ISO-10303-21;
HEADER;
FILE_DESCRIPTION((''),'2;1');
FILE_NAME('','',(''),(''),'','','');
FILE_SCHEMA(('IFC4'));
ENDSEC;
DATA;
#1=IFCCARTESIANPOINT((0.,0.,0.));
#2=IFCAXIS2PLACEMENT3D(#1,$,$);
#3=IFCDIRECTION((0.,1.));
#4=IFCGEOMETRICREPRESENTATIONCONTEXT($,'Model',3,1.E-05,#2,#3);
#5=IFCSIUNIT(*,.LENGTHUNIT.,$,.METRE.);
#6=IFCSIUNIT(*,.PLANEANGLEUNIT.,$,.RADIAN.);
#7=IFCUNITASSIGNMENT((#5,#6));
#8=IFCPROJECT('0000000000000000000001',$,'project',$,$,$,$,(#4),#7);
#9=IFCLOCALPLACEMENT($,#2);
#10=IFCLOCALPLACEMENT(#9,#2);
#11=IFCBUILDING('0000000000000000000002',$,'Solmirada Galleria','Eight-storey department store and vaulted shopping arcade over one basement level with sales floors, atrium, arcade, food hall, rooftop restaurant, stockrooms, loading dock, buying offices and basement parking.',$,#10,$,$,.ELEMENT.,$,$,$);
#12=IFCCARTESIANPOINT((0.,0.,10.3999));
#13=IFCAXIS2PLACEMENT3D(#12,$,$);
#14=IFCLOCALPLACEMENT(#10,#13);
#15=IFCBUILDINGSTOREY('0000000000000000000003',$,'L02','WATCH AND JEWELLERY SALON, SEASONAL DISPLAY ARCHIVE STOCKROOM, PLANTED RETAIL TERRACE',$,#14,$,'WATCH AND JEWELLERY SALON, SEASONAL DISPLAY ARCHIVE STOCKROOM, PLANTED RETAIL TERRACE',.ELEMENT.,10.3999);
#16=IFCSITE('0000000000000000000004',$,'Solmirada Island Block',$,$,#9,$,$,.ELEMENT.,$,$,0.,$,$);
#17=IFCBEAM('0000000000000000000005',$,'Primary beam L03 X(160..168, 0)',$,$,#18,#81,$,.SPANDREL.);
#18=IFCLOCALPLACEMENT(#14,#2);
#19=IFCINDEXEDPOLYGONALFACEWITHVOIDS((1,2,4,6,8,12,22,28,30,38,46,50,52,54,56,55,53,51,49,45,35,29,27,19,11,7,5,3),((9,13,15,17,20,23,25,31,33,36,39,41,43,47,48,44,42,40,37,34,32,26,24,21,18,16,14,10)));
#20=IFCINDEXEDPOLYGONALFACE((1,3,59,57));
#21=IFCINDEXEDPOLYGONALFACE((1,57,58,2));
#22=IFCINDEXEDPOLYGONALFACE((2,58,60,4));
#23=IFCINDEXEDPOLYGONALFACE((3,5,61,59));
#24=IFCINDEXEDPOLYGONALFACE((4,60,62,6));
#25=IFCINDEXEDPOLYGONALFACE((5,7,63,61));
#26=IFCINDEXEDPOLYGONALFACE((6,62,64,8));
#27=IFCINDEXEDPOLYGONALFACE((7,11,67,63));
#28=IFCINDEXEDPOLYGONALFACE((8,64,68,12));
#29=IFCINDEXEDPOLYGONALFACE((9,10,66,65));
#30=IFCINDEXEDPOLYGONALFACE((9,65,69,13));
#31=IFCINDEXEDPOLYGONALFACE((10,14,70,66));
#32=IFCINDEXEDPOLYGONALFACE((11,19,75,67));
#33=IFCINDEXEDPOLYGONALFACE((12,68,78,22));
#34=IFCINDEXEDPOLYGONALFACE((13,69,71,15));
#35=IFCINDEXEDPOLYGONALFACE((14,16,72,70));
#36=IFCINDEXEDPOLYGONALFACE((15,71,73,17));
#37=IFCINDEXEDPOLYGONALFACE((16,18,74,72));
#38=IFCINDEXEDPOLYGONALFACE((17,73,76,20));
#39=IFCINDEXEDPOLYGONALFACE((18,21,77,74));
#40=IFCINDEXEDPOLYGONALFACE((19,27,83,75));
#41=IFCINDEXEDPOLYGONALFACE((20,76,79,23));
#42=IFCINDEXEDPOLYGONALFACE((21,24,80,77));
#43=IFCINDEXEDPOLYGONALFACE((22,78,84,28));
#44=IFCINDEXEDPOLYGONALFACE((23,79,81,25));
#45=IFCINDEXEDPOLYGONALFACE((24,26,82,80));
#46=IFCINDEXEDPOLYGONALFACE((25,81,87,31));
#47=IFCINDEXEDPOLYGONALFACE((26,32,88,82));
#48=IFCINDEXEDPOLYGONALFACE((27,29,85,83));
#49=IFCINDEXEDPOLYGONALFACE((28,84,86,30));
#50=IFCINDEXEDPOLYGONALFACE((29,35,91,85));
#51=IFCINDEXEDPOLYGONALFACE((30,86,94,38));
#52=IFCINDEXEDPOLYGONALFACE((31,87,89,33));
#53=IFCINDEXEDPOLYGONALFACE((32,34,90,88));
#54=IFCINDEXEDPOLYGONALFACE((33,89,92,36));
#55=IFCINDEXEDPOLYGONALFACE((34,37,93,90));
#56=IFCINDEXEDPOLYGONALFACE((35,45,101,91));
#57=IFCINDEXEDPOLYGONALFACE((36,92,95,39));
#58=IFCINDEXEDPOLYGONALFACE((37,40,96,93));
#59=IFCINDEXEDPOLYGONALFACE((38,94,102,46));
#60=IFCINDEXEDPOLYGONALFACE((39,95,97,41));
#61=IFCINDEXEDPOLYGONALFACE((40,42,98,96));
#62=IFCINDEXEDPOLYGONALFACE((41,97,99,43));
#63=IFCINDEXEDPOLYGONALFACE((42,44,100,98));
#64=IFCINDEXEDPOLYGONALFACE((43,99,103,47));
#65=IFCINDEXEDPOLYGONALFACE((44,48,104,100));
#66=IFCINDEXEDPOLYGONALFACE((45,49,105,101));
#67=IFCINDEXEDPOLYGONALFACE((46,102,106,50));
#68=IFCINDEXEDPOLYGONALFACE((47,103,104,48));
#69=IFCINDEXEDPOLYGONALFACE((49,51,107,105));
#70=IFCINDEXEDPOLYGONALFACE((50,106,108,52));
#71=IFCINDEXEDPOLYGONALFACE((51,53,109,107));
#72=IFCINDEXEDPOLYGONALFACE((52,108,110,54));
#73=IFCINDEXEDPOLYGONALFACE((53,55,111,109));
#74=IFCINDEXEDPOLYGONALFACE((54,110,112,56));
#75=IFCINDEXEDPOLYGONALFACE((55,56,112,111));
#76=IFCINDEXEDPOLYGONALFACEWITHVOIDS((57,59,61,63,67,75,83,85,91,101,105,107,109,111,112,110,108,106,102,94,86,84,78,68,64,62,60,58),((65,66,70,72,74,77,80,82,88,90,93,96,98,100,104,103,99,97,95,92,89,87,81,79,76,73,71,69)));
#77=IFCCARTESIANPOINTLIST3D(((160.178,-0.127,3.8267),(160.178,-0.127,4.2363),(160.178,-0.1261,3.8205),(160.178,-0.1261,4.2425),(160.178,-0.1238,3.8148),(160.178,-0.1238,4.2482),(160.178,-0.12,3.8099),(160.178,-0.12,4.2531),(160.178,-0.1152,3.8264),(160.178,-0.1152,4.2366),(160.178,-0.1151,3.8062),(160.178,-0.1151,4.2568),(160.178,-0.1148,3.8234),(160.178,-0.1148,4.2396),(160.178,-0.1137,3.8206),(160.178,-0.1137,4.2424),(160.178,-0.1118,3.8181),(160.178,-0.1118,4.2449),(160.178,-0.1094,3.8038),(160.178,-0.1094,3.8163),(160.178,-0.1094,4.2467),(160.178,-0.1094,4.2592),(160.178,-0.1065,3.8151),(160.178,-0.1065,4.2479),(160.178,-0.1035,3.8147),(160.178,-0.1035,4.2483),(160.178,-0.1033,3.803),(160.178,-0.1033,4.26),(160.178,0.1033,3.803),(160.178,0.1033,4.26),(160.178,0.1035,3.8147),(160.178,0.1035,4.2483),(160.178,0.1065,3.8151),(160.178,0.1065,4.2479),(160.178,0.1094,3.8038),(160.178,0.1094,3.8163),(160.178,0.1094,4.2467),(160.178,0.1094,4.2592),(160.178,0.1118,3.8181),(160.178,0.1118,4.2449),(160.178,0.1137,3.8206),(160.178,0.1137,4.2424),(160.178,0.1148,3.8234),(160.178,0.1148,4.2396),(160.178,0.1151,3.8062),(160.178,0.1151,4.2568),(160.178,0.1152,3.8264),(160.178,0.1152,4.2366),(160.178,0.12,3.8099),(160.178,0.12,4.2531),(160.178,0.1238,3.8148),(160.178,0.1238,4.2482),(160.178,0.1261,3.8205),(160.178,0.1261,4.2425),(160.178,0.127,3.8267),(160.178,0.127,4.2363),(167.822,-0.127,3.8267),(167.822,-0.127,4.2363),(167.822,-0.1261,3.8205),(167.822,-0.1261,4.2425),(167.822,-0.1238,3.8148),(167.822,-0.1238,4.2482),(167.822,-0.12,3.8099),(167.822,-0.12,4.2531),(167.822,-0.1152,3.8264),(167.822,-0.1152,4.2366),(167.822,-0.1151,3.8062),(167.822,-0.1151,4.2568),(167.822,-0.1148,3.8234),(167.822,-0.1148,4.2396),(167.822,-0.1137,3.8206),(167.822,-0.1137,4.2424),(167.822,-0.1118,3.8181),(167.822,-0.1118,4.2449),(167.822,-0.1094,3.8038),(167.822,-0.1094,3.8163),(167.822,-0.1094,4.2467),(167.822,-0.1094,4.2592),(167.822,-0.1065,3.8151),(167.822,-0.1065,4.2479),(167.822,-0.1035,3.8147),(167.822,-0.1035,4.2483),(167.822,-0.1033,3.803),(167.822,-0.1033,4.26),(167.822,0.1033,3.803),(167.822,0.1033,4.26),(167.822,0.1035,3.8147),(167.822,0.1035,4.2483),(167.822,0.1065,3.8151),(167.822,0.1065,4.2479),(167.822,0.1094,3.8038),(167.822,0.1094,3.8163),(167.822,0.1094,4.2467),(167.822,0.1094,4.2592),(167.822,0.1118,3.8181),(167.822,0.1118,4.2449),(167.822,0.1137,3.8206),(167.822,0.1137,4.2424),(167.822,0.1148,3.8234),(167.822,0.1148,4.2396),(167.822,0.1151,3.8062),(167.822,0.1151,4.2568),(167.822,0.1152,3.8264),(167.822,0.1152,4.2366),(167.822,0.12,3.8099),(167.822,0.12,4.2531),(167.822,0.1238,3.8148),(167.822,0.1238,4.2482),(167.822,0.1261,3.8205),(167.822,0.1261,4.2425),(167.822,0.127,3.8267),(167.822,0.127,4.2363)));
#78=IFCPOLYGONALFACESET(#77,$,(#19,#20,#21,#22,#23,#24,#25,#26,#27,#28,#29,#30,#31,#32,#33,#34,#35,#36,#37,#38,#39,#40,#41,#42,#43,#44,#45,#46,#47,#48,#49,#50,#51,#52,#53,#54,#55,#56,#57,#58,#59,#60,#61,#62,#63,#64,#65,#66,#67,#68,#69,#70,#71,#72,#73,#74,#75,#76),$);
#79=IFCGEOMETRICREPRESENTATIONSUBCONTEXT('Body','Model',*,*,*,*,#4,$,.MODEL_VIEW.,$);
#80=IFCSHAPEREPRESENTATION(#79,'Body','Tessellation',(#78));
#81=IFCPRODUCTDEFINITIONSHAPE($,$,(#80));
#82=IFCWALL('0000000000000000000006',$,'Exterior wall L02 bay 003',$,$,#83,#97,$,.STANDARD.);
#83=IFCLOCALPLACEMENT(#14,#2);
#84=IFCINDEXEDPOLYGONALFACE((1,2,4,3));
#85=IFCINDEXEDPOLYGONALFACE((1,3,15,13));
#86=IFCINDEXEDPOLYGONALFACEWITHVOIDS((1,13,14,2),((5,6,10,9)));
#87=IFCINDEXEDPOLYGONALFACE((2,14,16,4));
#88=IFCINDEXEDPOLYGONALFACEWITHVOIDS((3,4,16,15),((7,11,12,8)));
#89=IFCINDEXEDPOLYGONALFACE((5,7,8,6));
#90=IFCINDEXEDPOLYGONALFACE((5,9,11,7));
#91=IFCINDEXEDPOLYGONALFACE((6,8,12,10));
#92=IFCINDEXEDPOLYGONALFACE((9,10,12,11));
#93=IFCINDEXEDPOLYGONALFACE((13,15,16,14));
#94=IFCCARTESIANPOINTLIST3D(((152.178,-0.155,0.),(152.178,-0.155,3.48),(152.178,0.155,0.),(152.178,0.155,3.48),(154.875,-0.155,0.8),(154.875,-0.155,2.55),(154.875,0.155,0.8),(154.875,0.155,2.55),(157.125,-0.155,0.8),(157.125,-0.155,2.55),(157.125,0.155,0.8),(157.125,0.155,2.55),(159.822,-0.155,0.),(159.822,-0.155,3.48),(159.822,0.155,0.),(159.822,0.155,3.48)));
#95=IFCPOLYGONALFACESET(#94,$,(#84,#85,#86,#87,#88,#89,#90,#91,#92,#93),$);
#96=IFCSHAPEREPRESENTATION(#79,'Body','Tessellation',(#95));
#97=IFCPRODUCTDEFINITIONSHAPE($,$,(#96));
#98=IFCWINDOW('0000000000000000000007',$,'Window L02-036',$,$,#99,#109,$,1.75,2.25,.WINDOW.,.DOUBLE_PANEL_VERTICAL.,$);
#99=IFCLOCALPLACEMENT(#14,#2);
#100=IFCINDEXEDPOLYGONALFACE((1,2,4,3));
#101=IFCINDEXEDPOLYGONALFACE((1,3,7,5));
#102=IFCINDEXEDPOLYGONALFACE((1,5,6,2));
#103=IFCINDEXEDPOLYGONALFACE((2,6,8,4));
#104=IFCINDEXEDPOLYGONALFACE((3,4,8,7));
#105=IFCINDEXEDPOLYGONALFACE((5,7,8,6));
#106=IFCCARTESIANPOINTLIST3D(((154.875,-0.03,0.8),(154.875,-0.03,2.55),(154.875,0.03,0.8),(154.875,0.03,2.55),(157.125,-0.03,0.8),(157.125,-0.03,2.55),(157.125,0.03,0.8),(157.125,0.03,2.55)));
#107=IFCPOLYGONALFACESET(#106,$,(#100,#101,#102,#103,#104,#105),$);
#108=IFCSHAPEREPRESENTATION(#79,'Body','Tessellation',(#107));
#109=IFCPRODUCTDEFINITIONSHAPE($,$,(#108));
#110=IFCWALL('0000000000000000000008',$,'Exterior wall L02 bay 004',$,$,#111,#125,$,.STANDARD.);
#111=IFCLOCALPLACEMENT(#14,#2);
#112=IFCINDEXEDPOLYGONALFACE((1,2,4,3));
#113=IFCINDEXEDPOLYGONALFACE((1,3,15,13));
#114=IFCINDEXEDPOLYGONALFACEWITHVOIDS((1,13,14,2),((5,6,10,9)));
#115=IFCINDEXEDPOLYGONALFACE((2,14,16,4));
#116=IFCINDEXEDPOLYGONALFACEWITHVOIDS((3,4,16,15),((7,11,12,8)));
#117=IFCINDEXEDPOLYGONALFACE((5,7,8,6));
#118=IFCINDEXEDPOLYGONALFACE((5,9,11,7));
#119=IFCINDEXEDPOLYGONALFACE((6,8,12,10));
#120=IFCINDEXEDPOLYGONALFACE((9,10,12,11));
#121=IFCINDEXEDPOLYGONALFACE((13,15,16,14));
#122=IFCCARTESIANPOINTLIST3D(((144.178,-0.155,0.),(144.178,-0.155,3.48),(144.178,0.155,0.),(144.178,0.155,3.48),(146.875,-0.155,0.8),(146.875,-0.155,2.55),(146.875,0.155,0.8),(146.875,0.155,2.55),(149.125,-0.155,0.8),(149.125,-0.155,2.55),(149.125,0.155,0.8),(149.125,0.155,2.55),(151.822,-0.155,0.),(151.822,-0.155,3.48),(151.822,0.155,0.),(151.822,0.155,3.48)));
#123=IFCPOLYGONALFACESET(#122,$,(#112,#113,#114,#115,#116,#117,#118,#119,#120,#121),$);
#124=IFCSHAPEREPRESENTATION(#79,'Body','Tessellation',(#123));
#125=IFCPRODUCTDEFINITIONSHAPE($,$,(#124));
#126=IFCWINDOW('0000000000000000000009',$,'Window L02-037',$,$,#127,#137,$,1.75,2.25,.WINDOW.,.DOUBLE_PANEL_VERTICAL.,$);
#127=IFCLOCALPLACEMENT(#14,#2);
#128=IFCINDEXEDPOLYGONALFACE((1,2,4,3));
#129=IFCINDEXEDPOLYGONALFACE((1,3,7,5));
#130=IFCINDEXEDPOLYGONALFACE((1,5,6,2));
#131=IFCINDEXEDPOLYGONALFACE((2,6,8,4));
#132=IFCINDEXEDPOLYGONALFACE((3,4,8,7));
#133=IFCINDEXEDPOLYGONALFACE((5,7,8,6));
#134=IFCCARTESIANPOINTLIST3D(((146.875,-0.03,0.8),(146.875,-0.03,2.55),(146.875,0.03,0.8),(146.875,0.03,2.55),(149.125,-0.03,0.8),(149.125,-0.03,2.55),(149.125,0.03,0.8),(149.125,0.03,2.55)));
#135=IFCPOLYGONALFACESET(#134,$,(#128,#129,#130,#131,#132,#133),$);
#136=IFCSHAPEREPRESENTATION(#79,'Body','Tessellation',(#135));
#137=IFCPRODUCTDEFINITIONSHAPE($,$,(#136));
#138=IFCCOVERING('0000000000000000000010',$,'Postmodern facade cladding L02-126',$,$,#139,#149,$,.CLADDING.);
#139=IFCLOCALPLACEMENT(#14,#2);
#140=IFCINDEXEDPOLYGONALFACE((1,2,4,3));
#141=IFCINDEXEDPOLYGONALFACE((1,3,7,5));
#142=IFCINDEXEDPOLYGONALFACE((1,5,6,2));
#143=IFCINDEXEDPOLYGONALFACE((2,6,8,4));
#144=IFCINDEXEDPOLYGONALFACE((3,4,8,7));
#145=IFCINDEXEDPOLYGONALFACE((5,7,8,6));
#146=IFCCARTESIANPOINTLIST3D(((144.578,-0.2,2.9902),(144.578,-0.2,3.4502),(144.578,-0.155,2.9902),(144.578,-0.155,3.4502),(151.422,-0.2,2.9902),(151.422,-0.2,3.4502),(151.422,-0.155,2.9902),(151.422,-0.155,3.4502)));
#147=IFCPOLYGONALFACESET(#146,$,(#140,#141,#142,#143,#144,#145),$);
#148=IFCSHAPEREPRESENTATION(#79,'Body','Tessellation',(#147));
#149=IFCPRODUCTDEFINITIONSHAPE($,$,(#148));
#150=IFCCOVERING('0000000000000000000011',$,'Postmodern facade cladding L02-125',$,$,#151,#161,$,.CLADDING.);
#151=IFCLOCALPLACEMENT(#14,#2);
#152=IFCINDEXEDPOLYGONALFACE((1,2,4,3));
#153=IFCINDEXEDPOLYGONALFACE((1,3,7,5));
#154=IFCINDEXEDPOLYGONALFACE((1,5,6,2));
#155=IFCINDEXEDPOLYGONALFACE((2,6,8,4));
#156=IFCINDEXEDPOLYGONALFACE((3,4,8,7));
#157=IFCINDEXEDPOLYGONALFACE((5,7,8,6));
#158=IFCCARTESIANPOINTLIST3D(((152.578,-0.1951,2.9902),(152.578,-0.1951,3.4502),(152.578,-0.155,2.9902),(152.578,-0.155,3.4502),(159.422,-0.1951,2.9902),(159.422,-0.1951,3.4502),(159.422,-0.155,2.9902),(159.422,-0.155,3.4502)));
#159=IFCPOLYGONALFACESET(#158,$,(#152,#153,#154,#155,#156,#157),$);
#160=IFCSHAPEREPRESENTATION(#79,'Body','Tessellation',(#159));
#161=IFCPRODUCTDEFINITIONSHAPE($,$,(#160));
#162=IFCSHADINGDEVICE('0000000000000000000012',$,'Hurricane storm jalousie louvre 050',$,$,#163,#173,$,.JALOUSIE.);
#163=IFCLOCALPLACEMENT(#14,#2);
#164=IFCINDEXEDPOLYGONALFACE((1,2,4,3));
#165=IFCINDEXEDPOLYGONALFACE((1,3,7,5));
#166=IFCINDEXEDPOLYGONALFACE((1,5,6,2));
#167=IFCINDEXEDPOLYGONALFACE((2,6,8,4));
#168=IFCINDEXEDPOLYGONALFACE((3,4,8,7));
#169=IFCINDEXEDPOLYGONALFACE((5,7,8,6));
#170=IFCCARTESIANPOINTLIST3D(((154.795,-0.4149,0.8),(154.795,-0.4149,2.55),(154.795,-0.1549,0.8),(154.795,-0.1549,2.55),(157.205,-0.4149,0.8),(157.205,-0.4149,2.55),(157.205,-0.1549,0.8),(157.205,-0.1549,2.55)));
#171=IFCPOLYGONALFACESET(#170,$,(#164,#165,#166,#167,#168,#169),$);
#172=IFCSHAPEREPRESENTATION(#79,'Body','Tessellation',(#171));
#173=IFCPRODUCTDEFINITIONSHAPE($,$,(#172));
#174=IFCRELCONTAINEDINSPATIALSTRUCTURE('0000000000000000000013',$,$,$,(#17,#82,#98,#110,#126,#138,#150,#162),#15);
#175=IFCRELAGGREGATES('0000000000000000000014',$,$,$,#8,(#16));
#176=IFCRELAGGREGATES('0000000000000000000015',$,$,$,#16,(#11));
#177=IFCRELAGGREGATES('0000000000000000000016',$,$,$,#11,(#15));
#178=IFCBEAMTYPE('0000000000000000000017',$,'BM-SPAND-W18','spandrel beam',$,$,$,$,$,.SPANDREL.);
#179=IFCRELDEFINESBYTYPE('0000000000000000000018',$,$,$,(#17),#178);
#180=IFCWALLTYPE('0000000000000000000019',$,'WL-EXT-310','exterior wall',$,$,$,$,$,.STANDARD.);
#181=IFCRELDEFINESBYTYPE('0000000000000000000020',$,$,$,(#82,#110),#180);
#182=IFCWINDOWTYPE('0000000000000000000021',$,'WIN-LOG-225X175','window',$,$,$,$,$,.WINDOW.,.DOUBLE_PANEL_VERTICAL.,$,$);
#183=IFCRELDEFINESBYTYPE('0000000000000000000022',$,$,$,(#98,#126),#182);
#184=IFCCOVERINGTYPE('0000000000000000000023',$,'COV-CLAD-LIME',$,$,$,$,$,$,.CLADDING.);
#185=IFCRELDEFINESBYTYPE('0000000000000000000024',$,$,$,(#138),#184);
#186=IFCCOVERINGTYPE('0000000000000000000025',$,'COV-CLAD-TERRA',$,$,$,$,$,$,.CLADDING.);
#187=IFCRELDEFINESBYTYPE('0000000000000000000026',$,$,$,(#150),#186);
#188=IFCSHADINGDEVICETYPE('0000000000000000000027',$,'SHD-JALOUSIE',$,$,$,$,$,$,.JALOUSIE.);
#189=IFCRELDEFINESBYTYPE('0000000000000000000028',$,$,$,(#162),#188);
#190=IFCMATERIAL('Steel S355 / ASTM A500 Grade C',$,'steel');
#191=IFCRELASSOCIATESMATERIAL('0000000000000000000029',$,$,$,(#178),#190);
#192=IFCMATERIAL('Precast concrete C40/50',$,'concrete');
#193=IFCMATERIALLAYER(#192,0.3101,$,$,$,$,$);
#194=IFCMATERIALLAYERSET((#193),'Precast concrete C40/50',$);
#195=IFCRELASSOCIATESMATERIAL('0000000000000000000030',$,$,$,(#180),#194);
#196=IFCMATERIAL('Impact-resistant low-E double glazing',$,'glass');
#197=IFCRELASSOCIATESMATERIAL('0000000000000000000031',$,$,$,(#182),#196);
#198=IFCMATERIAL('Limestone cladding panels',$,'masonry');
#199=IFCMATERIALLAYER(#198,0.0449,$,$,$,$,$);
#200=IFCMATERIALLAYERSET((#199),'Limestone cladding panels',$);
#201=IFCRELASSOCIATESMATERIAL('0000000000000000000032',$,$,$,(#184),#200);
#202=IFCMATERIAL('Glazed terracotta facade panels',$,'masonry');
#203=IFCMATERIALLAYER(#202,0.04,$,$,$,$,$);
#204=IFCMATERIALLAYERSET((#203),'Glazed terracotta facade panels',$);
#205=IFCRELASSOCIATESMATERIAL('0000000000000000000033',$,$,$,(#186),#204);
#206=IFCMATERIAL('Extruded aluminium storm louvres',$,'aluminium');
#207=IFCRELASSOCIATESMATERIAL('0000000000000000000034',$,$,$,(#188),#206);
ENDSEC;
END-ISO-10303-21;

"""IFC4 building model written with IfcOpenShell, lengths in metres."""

from ifc_helpers import new_model, si_unit, direction, frame, frame_2d, origin, origin_2d, place, context, subcontext, project, spatial, rectangle, hollow_rectangle, extrude, material, layer, layer_set, material_profile, profile_set, type_object, element, fill, save


model = new_model("IFC4")

# Units and contexts
model_context = context("Model", 3, precision=1e-05, world=origin(), true_north=direction((0.0, 1.0)))
body_context = subcontext(model_context, "Body", "Model", "MODEL_VIEW")
ifc_project = project(units=[si_unit("LENGTHUNIT", "METRE"), si_unit("PLANEANGLEUNIT", "RADIAN")], contexts=[model_context])

# Site, building, storey
site_placement = place(None, origin())
site = spatial("IfcSite", under=ifc_project, at=site_placement, Name="Solmirada Island Block", CompositionType="ELEMENT", RefElevation=0.0)
building_placement = place(site_placement, origin())
building = spatial("IfcBuilding", under=site, at=building_placement, Name="Solmirada Galleria", Description="Eight-storey department store and vaulted shopping arcade over one basement level with sales floors, atrium, arcade, food hall, rooftop restaurant, stockrooms, loading dock, buying offices and basement parking.", CompositionType="ELEMENT")
storey_placement = place(building_placement, frame((0.0, 0.0, 10.3999)))
storey = spatial("IfcBuildingStorey", under=building, at=storey_placement, Name="L02", Description="WATCH AND JEWELLERY SALON, SEASONAL DISPLAY ARCHIVE STOCKROOM, PLANTED RETAIL TERRACE", LongName="WATCH AND JEWELLERY SALON, SEASONAL DISPLAY ARCHIVE STOCKROOM, PLANTED RETAIL TERRACE", CompositionType="ELEMENT", Elevation=10.3999)

# Shared definitions
ifc_material_1 = material(Name="Steel S355 / ASTM A500 Grade C", Category="steel")

# Beam
ifc_material_profile_1 = material_profile(ifc_material_1, hollow_rectangle(XDim=0.2539, YDim=0.457, WallThickness=0.0117, InnerFilletRadius=0.0117, OuterFilletRadius=0.0237, at=origin_2d()), Name="HSS18X10X1/2")
ifc_profile_set_1 = profile_set([ifc_material_profile_1], Name="Steel S355 / ASTM A500 Grade C")
beam_type_1 = type_object("IfcBeamType", Name="BM-SPAND-W18", Description="spandrel beam", PredefinedType="SPANDREL", material=ifc_profile_set_1)
for number, where, z_axis, x_axis, name in (
    (1, (160.178, 0.0, 4.0315), (1.0, 0.0, 0.0), (0.0, 1.0, 0.0), "Primary beam L03 X(160..168, 0)"),
):
    element("IfcBeam", number, at=place(storey_placement, frame(where, z_axis=z_axis, x_axis=x_axis)), inside=storey, type_object=beam_type_1, Name=name, PredefinedType="SPANDREL", context=body_context, shape_type="SweptSolid", body=[
        extrude(hollow_rectangle(XDim=0.2539, YDim=0.457, WallThickness=0.0117, InnerFilletRadius=0.0117, OuterFilletRadius=0.0237, at=origin_2d()), origin(), (0.0, 0.0, 1.0), 7.644),
    ])

# Walls, openings, windows
ifc_material_2 = material(Name="Precast concrete C40/50", Category="concrete")
ifc_layer_1 = layer(ifc_material_2, 0.3101)
ifc_layer_set_1 = layer_set([ifc_layer_1], Name="Precast concrete C40/50")
wall_type = type_object("IfcWallType", Name="WL-EXT-310", Description="exterior wall", PredefinedType="STANDARD", material=ifc_layer_set_1)
wall_1_placement = place(storey_placement, frame((159.822, 0.0, 0.0), z_axis=(0.0, 0.0, 1.0), x_axis=(-1.0, 0.0, 0.0)))
wall_1 = element("IfcWall", 2, at=wall_1_placement, inside=storey, type_object=wall_type, Name="Exterior wall L02 bay 003", PredefinedType="STANDARD", context=body_context, shape_type="SweptSolid", body=[
    extrude(rectangle(XDim=7.644, YDim=0.3101, at=frame_2d((3.822, 0.0))), origin(), (0.0, 0.0, 1.0), 3.48),
])
opening_1_placement = place(wall_1_placement, frame((2.697, 0.0, 0.8)))
opening_1 = element("IfcOpeningElement", 3, at=opening_1_placement, cuts=wall_1, PredefinedType="OPENING", context=body_context, shape_type="SweptSolid", body=[
    extrude(rectangle(XDim=2.25, YDim=1.75, at=frame_2d((1.125, 0.875))), frame((0.0, 0.165, 0.0), z_axis=(0.0, -1.0, 0.0), x_axis=(1.0, 0.0, 0.0)), (0.0, 0.0, 1.0), 0.3301),
])
ifc_material_3 = material(Name="Impact-resistant low-E double glazing", Category="glass")
window_type = type_object("IfcWindowType", Name="WIN-LOG-225X175", Description="window", PartitioningType="DOUBLE_PANEL_VERTICAL", PredefinedType="WINDOW", material=ifc_material_3)
window_1_placement = place(opening_1_placement, origin())
window_1 = element("IfcWindow", 4, at=window_1_placement, inside=storey, type_object=window_type, Name="Window L02-036", OverallHeight=1.75, OverallWidth=2.25, PartitioningType="DOUBLE_PANEL_VERTICAL", PredefinedType="WINDOW", context=body_context, shape_type="SweptSolid", body=[
    extrude(rectangle(XDim=2.25, YDim=1.75, at=frame_2d((1.125, 0.875))), frame((0.0, 0.03, 0.0), z_axis=(0.0, -1.0, 0.0), x_axis=(1.0, 0.0, 0.0)), (0.0, 0.0, 1.0), 0.0601),
])
fill(opening_1, window_1)
wall_2_placement = place(storey_placement, frame((151.822, 0.0, 0.0), z_axis=(0.0, 0.0, 1.0), x_axis=(-1.0, 0.0, 0.0)))
wall_2 = element("IfcWall", 5, at=wall_2_placement, inside=storey, type_object=wall_type, Name="Exterior wall L02 bay 004", PredefinedType="STANDARD", context=body_context, shape_type="SweptSolid", body=[
    extrude(rectangle(XDim=7.644, YDim=0.3101, at=frame_2d((3.822, 0.0))), origin(), (0.0, 0.0, 1.0), 3.48),
])
opening_2_placement = place(wall_2_placement, frame((2.697, 0.0, 0.8)))
opening_2 = element("IfcOpeningElement", 6, at=opening_2_placement, cuts=wall_2, PredefinedType="OPENING", context=body_context, shape_type="SweptSolid", body=[
    extrude(rectangle(XDim=2.25, YDim=1.75, at=frame_2d((1.125, 0.875))), frame((0.0, 0.165, 0.0), z_axis=(0.0, -1.0, 0.0), x_axis=(1.0, 0.0, 0.0)), (0.0, 0.0, 1.0), 0.3301),
])
window_2_placement = place(opening_2_placement, origin())
window_2 = element("IfcWindow", 7, at=window_2_placement, inside=storey, type_object=window_type, Name="Window L02-037", OverallHeight=1.75, OverallWidth=2.25, PartitioningType="DOUBLE_PANEL_VERTICAL", PredefinedType="WINDOW", context=body_context, shape_type="SweptSolid", body=[
    extrude(rectangle(XDim=2.25, YDim=1.75, at=frame_2d((1.125, 0.875))), frame((0.0, 0.03, 0.0), z_axis=(0.0, -1.0, 0.0), x_axis=(1.0, 0.0, 0.0)), (0.0, 0.0, 1.0), 0.0601),
])
fill(opening_2, window_2)

# Coverings
ifc_material_4 = material(Name="Limestone cladding panels", Category="masonry")
ifc_layer_2 = layer(ifc_material_4, 0.0449)
ifc_layer_set_2 = layer_set([ifc_layer_2], Name="Limestone cladding panels")
covering_type_1 = type_object("IfcCoveringType", Name="COV-CLAD-LIME", PredefinedType="CLADDING", material=ifc_layer_set_2)
covering_1_placement = place(storey_placement, frame((148.0, -0.1775, 2.9902), z_axis=(0.0, 0.0, 1.0), x_axis=(-1.0, 0.0, 0.0)))
element("IfcCovering", 8, at=covering_1_placement, inside=storey, type_object=covering_type_1, Name="Postmodern facade cladding L02-126", PredefinedType="CLADDING", context=body_context, shape_type="SweptSolid", body=[
    extrude(rectangle(XDim=6.844, YDim=0.0449, at=origin_2d()), origin(), (0.0, 0.0, 1.0), 0.46),
])
ifc_material_5 = material(Name="Glazed terracotta facade panels", Category="masonry")
ifc_layer_3 = layer(ifc_material_5, 0.04)
ifc_layer_set_3 = layer_set([ifc_layer_3], Name="Glazed terracotta facade panels")
covering_type_2 = type_object("IfcCoveringType", Name="COV-CLAD-TERRA", PredefinedType="CLADDING", material=ifc_layer_set_3)
covering_2_placement = place(storey_placement, frame((156.0, -0.175, 2.9902), z_axis=(0.0, 0.0, 1.0), x_axis=(-1.0, 0.0, 0.0)))
element("IfcCovering", 9, at=covering_2_placement, inside=storey, type_object=covering_type_2, Name="Postmodern facade cladding L02-125", PredefinedType="CLADDING", context=body_context, shape_type="SweptSolid", body=[
    extrude(rectangle(XDim=6.844, YDim=0.04, at=origin_2d()), origin(), (0.0, 0.0, 1.0), 0.46),
])

# Shading device
ifc_material_6 = material(Name="Extruded aluminium storm louvres", Category="aluminium")
shading_device_type = type_object("IfcShadingDeviceType", Name="SHD-JALOUSIE", PredefinedType="JALOUSIE", material=ifc_material_6)
shading_device_placement = place(storey_placement, frame((156.0, -0.2849, 0.8), z_axis=(0.0, 0.0, 1.0), x_axis=(-1.0, 0.0, 0.0)))
element("IfcShadingDevice", 10, at=shading_device_placement, inside=storey, type_object=shading_device_type, Name="Hurricane storm jalousie louvre 050", PredefinedType="JALOUSIE", context=body_context, shape_type="SweptSolid", body=[
    extrude(rectangle(XDim=2.4099, YDim=0.26, at=origin_2d()), origin(), (0.0, 0.0, 1.0), 1.75),
])

save(model, "model.ifc")
